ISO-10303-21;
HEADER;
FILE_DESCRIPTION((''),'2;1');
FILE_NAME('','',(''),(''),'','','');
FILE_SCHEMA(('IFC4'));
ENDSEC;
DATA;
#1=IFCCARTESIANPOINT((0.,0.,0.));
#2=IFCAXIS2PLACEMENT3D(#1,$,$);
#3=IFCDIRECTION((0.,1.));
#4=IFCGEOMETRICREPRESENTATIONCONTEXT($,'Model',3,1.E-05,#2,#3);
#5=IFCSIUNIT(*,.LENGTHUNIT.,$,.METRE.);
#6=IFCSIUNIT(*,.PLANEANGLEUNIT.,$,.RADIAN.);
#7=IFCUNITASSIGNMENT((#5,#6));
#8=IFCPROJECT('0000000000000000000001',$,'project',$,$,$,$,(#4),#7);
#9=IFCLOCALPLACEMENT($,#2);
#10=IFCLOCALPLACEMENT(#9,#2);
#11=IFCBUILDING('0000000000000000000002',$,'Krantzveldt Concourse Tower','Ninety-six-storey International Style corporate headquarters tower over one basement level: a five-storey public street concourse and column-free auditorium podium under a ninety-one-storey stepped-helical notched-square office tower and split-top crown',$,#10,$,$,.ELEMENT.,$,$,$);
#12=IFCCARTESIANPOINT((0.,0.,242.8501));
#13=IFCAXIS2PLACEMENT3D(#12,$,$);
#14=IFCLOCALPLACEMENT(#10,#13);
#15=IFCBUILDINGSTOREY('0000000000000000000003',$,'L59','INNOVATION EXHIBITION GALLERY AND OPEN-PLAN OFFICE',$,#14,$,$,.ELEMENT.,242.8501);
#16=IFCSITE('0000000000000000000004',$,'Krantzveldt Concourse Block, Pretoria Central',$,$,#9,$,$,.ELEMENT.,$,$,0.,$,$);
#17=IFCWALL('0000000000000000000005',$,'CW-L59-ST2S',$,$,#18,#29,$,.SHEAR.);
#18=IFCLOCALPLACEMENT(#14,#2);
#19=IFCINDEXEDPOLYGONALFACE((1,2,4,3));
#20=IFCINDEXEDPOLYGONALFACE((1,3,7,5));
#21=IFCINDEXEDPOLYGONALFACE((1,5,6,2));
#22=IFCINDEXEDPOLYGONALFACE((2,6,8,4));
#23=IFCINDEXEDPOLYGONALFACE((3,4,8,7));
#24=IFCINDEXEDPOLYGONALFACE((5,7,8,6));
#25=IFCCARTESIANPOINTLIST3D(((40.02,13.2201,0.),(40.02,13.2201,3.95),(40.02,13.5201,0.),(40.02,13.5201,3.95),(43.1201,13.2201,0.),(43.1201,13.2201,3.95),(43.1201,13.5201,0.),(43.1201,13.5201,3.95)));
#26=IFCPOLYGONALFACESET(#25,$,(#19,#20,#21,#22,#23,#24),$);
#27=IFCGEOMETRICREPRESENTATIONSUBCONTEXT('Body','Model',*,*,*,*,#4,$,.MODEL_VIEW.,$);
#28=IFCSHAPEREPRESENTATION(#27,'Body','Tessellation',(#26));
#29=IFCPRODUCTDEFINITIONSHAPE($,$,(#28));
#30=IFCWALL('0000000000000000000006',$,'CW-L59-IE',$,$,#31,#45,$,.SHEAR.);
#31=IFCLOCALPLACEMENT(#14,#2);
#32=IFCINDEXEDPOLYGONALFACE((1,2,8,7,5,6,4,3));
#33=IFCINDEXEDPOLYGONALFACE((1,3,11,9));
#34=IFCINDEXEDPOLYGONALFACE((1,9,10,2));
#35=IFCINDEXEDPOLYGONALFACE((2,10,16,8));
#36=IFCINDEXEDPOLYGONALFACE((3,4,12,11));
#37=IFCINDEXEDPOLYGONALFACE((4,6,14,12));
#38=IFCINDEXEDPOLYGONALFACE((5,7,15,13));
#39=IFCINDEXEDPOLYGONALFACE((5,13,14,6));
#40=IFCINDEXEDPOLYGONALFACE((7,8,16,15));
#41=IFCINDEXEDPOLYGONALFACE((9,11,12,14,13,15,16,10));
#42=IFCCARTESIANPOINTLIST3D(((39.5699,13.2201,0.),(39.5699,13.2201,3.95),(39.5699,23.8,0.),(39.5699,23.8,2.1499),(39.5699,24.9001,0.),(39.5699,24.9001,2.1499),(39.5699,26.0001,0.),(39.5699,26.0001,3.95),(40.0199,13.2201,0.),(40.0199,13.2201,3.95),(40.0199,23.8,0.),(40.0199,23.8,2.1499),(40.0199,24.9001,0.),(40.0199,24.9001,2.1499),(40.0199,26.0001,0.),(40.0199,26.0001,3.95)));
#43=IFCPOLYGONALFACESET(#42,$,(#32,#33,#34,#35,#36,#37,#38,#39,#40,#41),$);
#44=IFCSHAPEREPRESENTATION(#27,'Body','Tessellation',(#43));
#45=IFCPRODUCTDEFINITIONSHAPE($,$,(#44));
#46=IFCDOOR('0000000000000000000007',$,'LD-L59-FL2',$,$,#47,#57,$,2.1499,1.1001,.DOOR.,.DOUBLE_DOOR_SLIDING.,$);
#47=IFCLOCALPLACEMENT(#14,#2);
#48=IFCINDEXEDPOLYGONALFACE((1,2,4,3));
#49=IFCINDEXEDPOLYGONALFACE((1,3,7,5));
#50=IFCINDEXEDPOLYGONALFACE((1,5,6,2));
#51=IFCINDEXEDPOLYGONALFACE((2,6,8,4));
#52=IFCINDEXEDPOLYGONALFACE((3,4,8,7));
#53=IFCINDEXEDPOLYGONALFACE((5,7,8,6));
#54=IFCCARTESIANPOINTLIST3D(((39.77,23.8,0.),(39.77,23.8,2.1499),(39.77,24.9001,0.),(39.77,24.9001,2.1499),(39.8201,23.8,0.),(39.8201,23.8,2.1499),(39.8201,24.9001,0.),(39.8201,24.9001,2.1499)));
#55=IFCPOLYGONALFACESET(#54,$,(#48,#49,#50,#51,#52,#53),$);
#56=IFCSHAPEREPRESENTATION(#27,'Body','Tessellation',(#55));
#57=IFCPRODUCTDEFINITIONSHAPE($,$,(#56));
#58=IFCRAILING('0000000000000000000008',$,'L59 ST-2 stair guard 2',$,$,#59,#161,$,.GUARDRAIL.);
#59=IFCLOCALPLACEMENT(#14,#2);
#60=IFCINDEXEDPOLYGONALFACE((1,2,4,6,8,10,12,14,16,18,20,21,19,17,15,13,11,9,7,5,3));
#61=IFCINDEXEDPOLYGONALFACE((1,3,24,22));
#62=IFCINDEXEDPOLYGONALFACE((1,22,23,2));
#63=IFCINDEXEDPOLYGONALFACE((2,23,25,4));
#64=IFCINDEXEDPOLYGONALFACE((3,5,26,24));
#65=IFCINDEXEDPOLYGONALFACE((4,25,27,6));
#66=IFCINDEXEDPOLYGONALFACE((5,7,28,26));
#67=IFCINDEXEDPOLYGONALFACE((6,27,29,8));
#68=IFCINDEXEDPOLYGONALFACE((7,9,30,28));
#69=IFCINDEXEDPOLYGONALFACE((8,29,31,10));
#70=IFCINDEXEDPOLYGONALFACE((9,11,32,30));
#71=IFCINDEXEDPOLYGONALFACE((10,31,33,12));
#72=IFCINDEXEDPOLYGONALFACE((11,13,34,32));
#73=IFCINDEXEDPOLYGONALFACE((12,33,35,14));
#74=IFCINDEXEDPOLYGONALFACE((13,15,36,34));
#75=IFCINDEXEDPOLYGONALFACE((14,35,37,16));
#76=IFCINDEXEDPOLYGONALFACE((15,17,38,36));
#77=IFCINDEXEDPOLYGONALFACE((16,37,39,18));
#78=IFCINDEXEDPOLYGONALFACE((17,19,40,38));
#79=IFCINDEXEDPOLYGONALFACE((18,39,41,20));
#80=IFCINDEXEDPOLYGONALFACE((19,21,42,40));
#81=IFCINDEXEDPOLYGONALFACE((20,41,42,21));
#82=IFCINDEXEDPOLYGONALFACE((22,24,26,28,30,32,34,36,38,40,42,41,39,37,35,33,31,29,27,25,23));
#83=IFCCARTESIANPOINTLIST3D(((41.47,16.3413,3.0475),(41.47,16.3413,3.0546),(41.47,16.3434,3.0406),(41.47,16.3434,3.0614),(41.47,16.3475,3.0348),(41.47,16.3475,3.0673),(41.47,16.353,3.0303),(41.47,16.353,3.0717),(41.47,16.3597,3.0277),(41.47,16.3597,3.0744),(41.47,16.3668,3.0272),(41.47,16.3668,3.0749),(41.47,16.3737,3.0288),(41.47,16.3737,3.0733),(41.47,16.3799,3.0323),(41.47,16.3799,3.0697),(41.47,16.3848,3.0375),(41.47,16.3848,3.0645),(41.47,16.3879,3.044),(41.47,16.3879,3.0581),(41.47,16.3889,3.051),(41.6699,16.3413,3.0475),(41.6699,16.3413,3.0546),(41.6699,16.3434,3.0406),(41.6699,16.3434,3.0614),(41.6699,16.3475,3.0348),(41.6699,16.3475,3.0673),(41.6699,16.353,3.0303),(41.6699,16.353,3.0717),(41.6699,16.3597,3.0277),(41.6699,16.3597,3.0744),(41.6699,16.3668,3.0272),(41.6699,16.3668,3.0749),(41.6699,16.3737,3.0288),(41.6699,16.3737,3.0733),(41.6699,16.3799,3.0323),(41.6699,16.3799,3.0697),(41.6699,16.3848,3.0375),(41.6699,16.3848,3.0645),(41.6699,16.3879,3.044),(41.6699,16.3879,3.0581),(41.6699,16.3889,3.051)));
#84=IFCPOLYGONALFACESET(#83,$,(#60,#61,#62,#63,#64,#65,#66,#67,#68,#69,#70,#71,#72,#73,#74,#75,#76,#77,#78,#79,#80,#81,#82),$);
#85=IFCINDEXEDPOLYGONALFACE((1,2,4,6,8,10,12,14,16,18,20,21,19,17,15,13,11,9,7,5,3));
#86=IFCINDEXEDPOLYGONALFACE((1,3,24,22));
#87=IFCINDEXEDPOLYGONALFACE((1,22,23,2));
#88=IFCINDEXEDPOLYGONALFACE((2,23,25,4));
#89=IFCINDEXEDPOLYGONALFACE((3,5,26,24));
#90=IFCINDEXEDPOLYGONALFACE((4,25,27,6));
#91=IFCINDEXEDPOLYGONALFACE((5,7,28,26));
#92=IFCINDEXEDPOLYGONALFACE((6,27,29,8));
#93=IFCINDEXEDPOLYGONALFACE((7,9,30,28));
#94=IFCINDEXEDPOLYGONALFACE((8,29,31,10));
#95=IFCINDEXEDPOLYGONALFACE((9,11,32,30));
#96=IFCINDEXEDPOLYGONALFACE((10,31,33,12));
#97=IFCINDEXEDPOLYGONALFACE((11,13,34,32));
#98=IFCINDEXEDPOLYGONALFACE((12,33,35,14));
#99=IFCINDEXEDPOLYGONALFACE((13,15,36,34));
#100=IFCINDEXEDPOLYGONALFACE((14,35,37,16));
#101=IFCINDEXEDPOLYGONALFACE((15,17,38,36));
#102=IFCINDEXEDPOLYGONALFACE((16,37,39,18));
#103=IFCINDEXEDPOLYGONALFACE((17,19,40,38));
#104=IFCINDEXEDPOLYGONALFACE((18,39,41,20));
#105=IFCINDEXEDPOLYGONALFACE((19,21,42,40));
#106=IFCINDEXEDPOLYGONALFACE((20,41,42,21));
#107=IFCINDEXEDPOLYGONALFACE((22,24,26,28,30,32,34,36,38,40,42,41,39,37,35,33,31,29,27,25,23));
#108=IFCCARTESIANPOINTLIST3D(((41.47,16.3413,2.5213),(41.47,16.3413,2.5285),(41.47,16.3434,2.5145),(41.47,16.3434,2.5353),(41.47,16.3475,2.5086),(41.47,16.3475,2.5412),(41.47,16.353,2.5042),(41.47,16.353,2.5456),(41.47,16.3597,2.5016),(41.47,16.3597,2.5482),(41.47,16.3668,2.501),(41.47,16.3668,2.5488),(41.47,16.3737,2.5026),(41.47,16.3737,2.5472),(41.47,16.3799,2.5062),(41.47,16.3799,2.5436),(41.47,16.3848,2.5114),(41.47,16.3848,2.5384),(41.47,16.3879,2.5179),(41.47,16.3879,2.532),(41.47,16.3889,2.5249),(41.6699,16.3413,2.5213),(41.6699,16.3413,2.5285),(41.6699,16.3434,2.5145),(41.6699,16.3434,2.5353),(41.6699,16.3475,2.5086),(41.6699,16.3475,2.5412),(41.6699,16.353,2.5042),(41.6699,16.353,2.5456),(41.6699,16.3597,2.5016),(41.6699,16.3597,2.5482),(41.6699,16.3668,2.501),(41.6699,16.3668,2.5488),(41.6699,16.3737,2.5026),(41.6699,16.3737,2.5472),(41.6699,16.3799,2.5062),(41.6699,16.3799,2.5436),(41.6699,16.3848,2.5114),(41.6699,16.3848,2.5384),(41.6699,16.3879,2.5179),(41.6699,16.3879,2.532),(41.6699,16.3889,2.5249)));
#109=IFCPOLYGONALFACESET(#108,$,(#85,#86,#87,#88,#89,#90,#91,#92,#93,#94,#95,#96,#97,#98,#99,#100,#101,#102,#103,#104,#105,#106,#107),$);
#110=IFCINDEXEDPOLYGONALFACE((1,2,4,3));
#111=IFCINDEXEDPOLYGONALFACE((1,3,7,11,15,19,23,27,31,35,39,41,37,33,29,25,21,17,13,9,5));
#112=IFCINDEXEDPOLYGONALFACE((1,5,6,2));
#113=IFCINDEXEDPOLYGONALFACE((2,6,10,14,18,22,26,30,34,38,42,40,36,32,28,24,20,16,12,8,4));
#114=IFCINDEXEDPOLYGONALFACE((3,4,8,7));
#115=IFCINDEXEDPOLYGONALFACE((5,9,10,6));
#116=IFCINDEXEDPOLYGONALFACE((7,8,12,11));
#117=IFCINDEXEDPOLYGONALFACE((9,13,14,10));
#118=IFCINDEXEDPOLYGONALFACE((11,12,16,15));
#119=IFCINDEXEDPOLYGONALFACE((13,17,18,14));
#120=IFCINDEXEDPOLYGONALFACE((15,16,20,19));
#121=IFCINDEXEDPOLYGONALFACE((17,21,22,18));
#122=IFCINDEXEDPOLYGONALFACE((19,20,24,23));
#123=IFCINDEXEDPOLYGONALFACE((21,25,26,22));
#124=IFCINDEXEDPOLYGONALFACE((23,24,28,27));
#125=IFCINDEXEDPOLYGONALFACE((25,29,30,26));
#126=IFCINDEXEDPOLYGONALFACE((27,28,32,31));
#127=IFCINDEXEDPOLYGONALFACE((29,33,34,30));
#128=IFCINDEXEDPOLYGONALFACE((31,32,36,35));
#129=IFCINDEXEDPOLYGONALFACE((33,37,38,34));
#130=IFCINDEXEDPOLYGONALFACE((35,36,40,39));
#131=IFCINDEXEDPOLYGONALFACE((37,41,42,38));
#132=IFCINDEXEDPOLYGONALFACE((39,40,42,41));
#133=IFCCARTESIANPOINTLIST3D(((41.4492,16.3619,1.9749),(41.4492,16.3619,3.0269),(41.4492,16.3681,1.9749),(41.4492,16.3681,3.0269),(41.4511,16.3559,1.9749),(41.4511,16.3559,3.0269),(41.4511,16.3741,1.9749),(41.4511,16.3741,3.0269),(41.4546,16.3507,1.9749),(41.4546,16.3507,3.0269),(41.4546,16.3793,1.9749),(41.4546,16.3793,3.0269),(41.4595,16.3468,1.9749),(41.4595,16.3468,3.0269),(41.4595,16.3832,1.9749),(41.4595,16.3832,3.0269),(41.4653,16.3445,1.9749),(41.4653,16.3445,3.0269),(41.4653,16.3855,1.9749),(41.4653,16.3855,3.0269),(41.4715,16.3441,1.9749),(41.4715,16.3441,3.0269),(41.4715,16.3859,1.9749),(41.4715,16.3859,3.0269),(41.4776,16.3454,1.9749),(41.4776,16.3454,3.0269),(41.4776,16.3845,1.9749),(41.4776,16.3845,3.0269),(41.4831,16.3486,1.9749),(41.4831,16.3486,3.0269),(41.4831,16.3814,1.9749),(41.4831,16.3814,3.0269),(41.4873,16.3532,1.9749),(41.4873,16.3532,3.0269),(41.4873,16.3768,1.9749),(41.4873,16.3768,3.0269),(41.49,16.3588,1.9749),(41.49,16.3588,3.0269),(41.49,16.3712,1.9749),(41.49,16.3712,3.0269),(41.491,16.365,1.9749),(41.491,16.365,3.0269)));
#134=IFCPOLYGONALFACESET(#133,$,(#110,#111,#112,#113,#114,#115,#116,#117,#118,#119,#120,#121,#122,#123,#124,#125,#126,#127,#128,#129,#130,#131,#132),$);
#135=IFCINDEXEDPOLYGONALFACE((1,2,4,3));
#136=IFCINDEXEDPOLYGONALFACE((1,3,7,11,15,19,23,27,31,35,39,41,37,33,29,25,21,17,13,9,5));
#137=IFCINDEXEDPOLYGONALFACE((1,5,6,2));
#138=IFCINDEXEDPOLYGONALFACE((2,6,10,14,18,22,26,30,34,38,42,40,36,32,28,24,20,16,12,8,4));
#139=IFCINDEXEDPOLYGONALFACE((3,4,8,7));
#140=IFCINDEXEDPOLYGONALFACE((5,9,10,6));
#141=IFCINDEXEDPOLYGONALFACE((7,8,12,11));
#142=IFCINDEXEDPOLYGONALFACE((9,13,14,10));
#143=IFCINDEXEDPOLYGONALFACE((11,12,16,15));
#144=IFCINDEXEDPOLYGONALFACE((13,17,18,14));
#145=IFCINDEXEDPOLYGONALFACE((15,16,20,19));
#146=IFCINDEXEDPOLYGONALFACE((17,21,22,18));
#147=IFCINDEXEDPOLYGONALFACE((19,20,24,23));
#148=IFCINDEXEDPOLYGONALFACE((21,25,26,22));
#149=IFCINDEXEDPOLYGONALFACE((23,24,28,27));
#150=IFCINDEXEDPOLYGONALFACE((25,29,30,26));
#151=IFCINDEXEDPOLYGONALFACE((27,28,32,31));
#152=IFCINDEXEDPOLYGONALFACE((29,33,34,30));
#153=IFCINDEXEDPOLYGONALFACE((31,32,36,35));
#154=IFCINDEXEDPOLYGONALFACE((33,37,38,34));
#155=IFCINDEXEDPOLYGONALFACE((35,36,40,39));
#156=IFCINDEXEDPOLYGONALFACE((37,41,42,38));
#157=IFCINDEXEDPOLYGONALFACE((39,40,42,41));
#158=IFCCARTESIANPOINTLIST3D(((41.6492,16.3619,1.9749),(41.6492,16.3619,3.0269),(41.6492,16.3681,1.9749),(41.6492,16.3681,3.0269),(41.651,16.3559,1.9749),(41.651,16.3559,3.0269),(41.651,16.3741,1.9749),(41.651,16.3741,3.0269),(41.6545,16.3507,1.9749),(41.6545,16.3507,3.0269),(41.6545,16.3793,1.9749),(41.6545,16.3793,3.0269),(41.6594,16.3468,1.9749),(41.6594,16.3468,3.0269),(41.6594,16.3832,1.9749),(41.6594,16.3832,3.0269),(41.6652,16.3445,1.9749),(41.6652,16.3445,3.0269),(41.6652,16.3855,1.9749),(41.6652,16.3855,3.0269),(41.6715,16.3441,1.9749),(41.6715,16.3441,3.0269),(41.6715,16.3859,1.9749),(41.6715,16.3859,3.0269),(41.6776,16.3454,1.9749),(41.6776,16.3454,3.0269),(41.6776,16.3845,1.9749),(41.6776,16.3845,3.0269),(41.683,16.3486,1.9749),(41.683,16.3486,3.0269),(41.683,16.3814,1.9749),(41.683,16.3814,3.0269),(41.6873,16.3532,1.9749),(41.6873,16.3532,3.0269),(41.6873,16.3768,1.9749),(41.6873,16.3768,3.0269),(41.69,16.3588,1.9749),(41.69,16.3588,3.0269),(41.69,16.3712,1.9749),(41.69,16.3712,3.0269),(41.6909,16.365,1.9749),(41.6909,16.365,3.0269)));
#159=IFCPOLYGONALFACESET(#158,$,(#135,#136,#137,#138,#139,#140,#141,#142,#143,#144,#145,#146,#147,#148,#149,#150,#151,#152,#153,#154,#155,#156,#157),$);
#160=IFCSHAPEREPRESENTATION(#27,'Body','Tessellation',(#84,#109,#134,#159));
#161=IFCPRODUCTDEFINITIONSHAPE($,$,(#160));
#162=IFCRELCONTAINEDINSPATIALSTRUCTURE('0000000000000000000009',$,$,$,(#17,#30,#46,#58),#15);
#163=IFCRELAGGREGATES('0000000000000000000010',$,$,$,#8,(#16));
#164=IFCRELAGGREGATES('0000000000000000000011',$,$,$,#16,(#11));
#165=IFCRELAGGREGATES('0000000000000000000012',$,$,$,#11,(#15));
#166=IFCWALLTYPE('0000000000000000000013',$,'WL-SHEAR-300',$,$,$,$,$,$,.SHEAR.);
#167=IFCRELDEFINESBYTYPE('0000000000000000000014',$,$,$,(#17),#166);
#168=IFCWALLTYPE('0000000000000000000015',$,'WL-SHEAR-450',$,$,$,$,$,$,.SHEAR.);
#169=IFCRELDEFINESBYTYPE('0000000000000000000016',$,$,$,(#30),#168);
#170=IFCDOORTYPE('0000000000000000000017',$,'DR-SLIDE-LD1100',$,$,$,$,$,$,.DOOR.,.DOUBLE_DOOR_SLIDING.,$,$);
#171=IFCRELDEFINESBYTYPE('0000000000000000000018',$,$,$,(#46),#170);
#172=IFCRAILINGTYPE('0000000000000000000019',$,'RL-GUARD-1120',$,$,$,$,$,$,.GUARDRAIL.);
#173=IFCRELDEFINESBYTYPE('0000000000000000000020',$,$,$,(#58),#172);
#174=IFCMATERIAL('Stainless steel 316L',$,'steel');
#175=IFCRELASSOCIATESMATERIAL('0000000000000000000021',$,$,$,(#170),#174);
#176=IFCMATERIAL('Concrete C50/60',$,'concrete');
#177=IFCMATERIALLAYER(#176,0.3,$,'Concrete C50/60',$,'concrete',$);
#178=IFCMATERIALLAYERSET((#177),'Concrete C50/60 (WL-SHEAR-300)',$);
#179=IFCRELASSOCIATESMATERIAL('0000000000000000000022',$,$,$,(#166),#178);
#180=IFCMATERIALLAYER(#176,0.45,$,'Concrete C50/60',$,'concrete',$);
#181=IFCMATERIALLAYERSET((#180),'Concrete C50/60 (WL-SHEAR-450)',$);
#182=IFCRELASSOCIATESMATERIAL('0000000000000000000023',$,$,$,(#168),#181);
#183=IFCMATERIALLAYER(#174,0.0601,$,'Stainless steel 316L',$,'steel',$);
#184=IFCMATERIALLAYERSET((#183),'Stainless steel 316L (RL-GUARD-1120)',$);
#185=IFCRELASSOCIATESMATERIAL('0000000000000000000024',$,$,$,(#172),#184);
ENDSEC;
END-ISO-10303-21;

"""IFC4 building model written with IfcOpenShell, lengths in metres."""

from ifc_helpers import new_model, si_unit, direction, frame, frame_2d, origin, origin_2d, place, context, subcontext, project, spatial, rectangle, circle, extrude, material, layer, layer_set, type_object, element, fill, save


model = new_model("IFC4")

# Units and contexts
model_context = context("Model", 3, precision=1e-05, world=origin(), true_north=direction((0.0, 1.0)))
body_context = subcontext(model_context, "Body", "Model", "MODEL_VIEW")
ifc_project = project(units=[si_unit("LENGTHUNIT", "METRE"), si_unit("PLANEANGLEUNIT", "RADIAN")], contexts=[model_context])

# Site, building, storey
site_placement = place(None, origin())
site = spatial("IfcSite", under=ifc_project, at=site_placement, Name="Krantzveldt Concourse Block, Pretoria Central", CompositionType="ELEMENT", RefElevation=0.0)
building_placement = place(site_placement, origin())
building = spatial("IfcBuilding", under=site, at=building_placement, Name="Krantzveldt Concourse Tower", Description="Ninety-six-storey International Style corporate headquarters tower over one basement level: a five-storey public street concourse and column-free auditorium podium under a ninety-one-storey stepped-helical notched-square office tower and split-top crown", CompositionType="ELEMENT")
storey_placement = place(building_placement, frame((0.0, 0.0, 242.8501)))
storey = spatial("IfcBuildingStorey", under=building, at=storey_placement, Name="L59", Description="INNOVATION EXHIBITION GALLERY AND OPEN-PLAN OFFICE", CompositionType="ELEMENT", Elevation=242.8501)

# Shared definitions
ifc_material_1 = material(Name="Stainless steel 316L", Category="steel")
door_type_1 = type_object("IfcDoorType", Name="DR-SLIDE-LD1100", OperationType="DOUBLE_DOOR_SLIDING", PredefinedType="DOOR", material=ifc_material_1)

# Wall
ifc_material_2 = material(Name="Concrete C50/60", Category="concrete")
ifc_layer_1 = layer(ifc_material_2, 0.3, Name="Concrete C50/60", Category="concrete")
ifc_layer_set_1 = layer_set([ifc_layer_1], Name="Concrete C50/60 (WL-SHEAR-300)")
wall_type_1 = type_object("IfcWallType", Name="WL-SHEAR-300", PredefinedType="SHEAR", material=ifc_layer_set_1)
wall_1_placement = place(storey_placement, frame((40.02, 13.3701, 0.0), z_axis=(0.0, 0.0, 1.0), x_axis=(1.0, 0.0, 0.0)))
element("IfcWall", 1, at=wall_1_placement, inside=storey, type_object=wall_type_1, Name="CW-L59-ST2S", PredefinedType="SHEAR", context=body_context, shape_type="SweptSolid", body=[
    extrude(rectangle(XDim=3.1001, YDim=0.3, at=frame_2d((1.55, 0.0))), origin(), (0.0, 0.0, 1.0), 3.95),
])

# Wall, opening, door
ifc_layer_2 = layer(ifc_material_2, 0.45, Name="Concrete C50/60", Category="concrete")
ifc_layer_set_2 = layer_set([ifc_layer_2], Name="Concrete C50/60 (WL-SHEAR-450)")
wall_type_2 = type_object("IfcWallType", Name="WL-SHEAR-450", PredefinedType="SHEAR", material=ifc_layer_set_2)
wall_2_placement = place(storey_placement, frame((39.7949, 13.22, 0.0), z_axis=(0.0, 0.0, 1.0), x_axis=(0.0, 1.0, 0.0)))
wall_2 = element("IfcWall", 2, at=wall_2_placement, inside=storey, type_object=wall_type_2, Name="CW-L59-IE", PredefinedType="SHEAR", context=body_context, shape_type="SweptSolid", body=[
    extrude(rectangle(XDim=12.78, YDim=0.45, at=frame_2d((6.3901, 0.0))), origin(), (0.0, 0.0, 1.0), 3.95),
])
opening_1_placement = place(wall_2_placement, frame((10.5801, 0.0, 0.0)))
opening_1 = element("IfcOpeningElement", 3, at=opening_1_placement, cuts=wall_2, PredefinedType="OPENING", context=body_context, shape_type="SweptSolid", body=[
    extrude(rectangle(XDim=1.1001, YDim=2.1499, at=frame_2d((0.55, 1.075))), frame((0.0, 0.2349, 0.0), z_axis=(0.0, -1.0, 0.0), x_axis=(1.0, 0.0, 0.0)), (0.0, 0.0, 1.0), 0.47),
])
door_1_placement = place(opening_1_placement, origin())
door_1 = element("IfcDoor", 4, at=door_1_placement, inside=storey, type_object=door_type_1, Name="LD-L59-FL2", OperationType="DOUBLE_DOOR_SLIDING", OverallHeight=2.1499, OverallWidth=1.1001, PredefinedType="DOOR", context=body_context, shape_type="SweptSolid", body=[
    extrude(rectangle(XDim=1.1001, YDim=2.1499, at=frame_2d((0.55, 1.075))), frame((0.0, 0.0249, 0.0), z_axis=(0.0, -1.0, 0.0), x_axis=(1.0, 0.0, 0.0)), (0.0, 0.0, 1.0), 0.05),
])
fill(opening_1, door_1)

# Railing
ifc_layer_3 = layer(ifc_material_1, 0.0601, Name="Stainless steel 316L", Category="steel")
ifc_layer_set_3 = layer_set([ifc_layer_3], Name="Stainless steel 316L (RL-GUARD-1120)")
railing_type = type_object("IfcRailingType", Name="RL-GUARD-1120", PredefinedType="GUARDRAIL", material=ifc_layer_set_3)
railing_placement = place(storey_placement, frame((41.47, 16.365, 1.9749)))
element("IfcRailing", 5, at=railing_placement, inside=storey, type_object=railing_type, Name="L59 ST-2 stair guard 2", PredefinedType="GUARDRAIL", context=body_context, shape_type="SweptSolid", body=[
    extrude(circle(Radius=0.0239, at=origin_2d()), frame((0.0, 0.0, 1.0762), z_axis=(1.0, 0.0, 0.0), x_axis=(0.0, 1.0, 0.0)), (0.0, 0.0, 1.0), 0.2),
    extrude(circle(Radius=0.0239, at=origin_2d()), frame((0.0, 0.0, 0.55), z_axis=(1.0, 0.0, 0.0), x_axis=(0.0, 1.0, 0.0)), (0.0, 0.0, 1.0), 0.2),
    extrude(circle(Radius=0.021, at=origin_2d()), origin(), (0.0, 0.0, 1.0), 1.052),
    extrude(circle(Radius=0.021, at=origin_2d()), frame((0.2, 0.0, 0.0)), (0.0, 0.0, 1.0), 1.052),
])

save(model, "model.ifc")
